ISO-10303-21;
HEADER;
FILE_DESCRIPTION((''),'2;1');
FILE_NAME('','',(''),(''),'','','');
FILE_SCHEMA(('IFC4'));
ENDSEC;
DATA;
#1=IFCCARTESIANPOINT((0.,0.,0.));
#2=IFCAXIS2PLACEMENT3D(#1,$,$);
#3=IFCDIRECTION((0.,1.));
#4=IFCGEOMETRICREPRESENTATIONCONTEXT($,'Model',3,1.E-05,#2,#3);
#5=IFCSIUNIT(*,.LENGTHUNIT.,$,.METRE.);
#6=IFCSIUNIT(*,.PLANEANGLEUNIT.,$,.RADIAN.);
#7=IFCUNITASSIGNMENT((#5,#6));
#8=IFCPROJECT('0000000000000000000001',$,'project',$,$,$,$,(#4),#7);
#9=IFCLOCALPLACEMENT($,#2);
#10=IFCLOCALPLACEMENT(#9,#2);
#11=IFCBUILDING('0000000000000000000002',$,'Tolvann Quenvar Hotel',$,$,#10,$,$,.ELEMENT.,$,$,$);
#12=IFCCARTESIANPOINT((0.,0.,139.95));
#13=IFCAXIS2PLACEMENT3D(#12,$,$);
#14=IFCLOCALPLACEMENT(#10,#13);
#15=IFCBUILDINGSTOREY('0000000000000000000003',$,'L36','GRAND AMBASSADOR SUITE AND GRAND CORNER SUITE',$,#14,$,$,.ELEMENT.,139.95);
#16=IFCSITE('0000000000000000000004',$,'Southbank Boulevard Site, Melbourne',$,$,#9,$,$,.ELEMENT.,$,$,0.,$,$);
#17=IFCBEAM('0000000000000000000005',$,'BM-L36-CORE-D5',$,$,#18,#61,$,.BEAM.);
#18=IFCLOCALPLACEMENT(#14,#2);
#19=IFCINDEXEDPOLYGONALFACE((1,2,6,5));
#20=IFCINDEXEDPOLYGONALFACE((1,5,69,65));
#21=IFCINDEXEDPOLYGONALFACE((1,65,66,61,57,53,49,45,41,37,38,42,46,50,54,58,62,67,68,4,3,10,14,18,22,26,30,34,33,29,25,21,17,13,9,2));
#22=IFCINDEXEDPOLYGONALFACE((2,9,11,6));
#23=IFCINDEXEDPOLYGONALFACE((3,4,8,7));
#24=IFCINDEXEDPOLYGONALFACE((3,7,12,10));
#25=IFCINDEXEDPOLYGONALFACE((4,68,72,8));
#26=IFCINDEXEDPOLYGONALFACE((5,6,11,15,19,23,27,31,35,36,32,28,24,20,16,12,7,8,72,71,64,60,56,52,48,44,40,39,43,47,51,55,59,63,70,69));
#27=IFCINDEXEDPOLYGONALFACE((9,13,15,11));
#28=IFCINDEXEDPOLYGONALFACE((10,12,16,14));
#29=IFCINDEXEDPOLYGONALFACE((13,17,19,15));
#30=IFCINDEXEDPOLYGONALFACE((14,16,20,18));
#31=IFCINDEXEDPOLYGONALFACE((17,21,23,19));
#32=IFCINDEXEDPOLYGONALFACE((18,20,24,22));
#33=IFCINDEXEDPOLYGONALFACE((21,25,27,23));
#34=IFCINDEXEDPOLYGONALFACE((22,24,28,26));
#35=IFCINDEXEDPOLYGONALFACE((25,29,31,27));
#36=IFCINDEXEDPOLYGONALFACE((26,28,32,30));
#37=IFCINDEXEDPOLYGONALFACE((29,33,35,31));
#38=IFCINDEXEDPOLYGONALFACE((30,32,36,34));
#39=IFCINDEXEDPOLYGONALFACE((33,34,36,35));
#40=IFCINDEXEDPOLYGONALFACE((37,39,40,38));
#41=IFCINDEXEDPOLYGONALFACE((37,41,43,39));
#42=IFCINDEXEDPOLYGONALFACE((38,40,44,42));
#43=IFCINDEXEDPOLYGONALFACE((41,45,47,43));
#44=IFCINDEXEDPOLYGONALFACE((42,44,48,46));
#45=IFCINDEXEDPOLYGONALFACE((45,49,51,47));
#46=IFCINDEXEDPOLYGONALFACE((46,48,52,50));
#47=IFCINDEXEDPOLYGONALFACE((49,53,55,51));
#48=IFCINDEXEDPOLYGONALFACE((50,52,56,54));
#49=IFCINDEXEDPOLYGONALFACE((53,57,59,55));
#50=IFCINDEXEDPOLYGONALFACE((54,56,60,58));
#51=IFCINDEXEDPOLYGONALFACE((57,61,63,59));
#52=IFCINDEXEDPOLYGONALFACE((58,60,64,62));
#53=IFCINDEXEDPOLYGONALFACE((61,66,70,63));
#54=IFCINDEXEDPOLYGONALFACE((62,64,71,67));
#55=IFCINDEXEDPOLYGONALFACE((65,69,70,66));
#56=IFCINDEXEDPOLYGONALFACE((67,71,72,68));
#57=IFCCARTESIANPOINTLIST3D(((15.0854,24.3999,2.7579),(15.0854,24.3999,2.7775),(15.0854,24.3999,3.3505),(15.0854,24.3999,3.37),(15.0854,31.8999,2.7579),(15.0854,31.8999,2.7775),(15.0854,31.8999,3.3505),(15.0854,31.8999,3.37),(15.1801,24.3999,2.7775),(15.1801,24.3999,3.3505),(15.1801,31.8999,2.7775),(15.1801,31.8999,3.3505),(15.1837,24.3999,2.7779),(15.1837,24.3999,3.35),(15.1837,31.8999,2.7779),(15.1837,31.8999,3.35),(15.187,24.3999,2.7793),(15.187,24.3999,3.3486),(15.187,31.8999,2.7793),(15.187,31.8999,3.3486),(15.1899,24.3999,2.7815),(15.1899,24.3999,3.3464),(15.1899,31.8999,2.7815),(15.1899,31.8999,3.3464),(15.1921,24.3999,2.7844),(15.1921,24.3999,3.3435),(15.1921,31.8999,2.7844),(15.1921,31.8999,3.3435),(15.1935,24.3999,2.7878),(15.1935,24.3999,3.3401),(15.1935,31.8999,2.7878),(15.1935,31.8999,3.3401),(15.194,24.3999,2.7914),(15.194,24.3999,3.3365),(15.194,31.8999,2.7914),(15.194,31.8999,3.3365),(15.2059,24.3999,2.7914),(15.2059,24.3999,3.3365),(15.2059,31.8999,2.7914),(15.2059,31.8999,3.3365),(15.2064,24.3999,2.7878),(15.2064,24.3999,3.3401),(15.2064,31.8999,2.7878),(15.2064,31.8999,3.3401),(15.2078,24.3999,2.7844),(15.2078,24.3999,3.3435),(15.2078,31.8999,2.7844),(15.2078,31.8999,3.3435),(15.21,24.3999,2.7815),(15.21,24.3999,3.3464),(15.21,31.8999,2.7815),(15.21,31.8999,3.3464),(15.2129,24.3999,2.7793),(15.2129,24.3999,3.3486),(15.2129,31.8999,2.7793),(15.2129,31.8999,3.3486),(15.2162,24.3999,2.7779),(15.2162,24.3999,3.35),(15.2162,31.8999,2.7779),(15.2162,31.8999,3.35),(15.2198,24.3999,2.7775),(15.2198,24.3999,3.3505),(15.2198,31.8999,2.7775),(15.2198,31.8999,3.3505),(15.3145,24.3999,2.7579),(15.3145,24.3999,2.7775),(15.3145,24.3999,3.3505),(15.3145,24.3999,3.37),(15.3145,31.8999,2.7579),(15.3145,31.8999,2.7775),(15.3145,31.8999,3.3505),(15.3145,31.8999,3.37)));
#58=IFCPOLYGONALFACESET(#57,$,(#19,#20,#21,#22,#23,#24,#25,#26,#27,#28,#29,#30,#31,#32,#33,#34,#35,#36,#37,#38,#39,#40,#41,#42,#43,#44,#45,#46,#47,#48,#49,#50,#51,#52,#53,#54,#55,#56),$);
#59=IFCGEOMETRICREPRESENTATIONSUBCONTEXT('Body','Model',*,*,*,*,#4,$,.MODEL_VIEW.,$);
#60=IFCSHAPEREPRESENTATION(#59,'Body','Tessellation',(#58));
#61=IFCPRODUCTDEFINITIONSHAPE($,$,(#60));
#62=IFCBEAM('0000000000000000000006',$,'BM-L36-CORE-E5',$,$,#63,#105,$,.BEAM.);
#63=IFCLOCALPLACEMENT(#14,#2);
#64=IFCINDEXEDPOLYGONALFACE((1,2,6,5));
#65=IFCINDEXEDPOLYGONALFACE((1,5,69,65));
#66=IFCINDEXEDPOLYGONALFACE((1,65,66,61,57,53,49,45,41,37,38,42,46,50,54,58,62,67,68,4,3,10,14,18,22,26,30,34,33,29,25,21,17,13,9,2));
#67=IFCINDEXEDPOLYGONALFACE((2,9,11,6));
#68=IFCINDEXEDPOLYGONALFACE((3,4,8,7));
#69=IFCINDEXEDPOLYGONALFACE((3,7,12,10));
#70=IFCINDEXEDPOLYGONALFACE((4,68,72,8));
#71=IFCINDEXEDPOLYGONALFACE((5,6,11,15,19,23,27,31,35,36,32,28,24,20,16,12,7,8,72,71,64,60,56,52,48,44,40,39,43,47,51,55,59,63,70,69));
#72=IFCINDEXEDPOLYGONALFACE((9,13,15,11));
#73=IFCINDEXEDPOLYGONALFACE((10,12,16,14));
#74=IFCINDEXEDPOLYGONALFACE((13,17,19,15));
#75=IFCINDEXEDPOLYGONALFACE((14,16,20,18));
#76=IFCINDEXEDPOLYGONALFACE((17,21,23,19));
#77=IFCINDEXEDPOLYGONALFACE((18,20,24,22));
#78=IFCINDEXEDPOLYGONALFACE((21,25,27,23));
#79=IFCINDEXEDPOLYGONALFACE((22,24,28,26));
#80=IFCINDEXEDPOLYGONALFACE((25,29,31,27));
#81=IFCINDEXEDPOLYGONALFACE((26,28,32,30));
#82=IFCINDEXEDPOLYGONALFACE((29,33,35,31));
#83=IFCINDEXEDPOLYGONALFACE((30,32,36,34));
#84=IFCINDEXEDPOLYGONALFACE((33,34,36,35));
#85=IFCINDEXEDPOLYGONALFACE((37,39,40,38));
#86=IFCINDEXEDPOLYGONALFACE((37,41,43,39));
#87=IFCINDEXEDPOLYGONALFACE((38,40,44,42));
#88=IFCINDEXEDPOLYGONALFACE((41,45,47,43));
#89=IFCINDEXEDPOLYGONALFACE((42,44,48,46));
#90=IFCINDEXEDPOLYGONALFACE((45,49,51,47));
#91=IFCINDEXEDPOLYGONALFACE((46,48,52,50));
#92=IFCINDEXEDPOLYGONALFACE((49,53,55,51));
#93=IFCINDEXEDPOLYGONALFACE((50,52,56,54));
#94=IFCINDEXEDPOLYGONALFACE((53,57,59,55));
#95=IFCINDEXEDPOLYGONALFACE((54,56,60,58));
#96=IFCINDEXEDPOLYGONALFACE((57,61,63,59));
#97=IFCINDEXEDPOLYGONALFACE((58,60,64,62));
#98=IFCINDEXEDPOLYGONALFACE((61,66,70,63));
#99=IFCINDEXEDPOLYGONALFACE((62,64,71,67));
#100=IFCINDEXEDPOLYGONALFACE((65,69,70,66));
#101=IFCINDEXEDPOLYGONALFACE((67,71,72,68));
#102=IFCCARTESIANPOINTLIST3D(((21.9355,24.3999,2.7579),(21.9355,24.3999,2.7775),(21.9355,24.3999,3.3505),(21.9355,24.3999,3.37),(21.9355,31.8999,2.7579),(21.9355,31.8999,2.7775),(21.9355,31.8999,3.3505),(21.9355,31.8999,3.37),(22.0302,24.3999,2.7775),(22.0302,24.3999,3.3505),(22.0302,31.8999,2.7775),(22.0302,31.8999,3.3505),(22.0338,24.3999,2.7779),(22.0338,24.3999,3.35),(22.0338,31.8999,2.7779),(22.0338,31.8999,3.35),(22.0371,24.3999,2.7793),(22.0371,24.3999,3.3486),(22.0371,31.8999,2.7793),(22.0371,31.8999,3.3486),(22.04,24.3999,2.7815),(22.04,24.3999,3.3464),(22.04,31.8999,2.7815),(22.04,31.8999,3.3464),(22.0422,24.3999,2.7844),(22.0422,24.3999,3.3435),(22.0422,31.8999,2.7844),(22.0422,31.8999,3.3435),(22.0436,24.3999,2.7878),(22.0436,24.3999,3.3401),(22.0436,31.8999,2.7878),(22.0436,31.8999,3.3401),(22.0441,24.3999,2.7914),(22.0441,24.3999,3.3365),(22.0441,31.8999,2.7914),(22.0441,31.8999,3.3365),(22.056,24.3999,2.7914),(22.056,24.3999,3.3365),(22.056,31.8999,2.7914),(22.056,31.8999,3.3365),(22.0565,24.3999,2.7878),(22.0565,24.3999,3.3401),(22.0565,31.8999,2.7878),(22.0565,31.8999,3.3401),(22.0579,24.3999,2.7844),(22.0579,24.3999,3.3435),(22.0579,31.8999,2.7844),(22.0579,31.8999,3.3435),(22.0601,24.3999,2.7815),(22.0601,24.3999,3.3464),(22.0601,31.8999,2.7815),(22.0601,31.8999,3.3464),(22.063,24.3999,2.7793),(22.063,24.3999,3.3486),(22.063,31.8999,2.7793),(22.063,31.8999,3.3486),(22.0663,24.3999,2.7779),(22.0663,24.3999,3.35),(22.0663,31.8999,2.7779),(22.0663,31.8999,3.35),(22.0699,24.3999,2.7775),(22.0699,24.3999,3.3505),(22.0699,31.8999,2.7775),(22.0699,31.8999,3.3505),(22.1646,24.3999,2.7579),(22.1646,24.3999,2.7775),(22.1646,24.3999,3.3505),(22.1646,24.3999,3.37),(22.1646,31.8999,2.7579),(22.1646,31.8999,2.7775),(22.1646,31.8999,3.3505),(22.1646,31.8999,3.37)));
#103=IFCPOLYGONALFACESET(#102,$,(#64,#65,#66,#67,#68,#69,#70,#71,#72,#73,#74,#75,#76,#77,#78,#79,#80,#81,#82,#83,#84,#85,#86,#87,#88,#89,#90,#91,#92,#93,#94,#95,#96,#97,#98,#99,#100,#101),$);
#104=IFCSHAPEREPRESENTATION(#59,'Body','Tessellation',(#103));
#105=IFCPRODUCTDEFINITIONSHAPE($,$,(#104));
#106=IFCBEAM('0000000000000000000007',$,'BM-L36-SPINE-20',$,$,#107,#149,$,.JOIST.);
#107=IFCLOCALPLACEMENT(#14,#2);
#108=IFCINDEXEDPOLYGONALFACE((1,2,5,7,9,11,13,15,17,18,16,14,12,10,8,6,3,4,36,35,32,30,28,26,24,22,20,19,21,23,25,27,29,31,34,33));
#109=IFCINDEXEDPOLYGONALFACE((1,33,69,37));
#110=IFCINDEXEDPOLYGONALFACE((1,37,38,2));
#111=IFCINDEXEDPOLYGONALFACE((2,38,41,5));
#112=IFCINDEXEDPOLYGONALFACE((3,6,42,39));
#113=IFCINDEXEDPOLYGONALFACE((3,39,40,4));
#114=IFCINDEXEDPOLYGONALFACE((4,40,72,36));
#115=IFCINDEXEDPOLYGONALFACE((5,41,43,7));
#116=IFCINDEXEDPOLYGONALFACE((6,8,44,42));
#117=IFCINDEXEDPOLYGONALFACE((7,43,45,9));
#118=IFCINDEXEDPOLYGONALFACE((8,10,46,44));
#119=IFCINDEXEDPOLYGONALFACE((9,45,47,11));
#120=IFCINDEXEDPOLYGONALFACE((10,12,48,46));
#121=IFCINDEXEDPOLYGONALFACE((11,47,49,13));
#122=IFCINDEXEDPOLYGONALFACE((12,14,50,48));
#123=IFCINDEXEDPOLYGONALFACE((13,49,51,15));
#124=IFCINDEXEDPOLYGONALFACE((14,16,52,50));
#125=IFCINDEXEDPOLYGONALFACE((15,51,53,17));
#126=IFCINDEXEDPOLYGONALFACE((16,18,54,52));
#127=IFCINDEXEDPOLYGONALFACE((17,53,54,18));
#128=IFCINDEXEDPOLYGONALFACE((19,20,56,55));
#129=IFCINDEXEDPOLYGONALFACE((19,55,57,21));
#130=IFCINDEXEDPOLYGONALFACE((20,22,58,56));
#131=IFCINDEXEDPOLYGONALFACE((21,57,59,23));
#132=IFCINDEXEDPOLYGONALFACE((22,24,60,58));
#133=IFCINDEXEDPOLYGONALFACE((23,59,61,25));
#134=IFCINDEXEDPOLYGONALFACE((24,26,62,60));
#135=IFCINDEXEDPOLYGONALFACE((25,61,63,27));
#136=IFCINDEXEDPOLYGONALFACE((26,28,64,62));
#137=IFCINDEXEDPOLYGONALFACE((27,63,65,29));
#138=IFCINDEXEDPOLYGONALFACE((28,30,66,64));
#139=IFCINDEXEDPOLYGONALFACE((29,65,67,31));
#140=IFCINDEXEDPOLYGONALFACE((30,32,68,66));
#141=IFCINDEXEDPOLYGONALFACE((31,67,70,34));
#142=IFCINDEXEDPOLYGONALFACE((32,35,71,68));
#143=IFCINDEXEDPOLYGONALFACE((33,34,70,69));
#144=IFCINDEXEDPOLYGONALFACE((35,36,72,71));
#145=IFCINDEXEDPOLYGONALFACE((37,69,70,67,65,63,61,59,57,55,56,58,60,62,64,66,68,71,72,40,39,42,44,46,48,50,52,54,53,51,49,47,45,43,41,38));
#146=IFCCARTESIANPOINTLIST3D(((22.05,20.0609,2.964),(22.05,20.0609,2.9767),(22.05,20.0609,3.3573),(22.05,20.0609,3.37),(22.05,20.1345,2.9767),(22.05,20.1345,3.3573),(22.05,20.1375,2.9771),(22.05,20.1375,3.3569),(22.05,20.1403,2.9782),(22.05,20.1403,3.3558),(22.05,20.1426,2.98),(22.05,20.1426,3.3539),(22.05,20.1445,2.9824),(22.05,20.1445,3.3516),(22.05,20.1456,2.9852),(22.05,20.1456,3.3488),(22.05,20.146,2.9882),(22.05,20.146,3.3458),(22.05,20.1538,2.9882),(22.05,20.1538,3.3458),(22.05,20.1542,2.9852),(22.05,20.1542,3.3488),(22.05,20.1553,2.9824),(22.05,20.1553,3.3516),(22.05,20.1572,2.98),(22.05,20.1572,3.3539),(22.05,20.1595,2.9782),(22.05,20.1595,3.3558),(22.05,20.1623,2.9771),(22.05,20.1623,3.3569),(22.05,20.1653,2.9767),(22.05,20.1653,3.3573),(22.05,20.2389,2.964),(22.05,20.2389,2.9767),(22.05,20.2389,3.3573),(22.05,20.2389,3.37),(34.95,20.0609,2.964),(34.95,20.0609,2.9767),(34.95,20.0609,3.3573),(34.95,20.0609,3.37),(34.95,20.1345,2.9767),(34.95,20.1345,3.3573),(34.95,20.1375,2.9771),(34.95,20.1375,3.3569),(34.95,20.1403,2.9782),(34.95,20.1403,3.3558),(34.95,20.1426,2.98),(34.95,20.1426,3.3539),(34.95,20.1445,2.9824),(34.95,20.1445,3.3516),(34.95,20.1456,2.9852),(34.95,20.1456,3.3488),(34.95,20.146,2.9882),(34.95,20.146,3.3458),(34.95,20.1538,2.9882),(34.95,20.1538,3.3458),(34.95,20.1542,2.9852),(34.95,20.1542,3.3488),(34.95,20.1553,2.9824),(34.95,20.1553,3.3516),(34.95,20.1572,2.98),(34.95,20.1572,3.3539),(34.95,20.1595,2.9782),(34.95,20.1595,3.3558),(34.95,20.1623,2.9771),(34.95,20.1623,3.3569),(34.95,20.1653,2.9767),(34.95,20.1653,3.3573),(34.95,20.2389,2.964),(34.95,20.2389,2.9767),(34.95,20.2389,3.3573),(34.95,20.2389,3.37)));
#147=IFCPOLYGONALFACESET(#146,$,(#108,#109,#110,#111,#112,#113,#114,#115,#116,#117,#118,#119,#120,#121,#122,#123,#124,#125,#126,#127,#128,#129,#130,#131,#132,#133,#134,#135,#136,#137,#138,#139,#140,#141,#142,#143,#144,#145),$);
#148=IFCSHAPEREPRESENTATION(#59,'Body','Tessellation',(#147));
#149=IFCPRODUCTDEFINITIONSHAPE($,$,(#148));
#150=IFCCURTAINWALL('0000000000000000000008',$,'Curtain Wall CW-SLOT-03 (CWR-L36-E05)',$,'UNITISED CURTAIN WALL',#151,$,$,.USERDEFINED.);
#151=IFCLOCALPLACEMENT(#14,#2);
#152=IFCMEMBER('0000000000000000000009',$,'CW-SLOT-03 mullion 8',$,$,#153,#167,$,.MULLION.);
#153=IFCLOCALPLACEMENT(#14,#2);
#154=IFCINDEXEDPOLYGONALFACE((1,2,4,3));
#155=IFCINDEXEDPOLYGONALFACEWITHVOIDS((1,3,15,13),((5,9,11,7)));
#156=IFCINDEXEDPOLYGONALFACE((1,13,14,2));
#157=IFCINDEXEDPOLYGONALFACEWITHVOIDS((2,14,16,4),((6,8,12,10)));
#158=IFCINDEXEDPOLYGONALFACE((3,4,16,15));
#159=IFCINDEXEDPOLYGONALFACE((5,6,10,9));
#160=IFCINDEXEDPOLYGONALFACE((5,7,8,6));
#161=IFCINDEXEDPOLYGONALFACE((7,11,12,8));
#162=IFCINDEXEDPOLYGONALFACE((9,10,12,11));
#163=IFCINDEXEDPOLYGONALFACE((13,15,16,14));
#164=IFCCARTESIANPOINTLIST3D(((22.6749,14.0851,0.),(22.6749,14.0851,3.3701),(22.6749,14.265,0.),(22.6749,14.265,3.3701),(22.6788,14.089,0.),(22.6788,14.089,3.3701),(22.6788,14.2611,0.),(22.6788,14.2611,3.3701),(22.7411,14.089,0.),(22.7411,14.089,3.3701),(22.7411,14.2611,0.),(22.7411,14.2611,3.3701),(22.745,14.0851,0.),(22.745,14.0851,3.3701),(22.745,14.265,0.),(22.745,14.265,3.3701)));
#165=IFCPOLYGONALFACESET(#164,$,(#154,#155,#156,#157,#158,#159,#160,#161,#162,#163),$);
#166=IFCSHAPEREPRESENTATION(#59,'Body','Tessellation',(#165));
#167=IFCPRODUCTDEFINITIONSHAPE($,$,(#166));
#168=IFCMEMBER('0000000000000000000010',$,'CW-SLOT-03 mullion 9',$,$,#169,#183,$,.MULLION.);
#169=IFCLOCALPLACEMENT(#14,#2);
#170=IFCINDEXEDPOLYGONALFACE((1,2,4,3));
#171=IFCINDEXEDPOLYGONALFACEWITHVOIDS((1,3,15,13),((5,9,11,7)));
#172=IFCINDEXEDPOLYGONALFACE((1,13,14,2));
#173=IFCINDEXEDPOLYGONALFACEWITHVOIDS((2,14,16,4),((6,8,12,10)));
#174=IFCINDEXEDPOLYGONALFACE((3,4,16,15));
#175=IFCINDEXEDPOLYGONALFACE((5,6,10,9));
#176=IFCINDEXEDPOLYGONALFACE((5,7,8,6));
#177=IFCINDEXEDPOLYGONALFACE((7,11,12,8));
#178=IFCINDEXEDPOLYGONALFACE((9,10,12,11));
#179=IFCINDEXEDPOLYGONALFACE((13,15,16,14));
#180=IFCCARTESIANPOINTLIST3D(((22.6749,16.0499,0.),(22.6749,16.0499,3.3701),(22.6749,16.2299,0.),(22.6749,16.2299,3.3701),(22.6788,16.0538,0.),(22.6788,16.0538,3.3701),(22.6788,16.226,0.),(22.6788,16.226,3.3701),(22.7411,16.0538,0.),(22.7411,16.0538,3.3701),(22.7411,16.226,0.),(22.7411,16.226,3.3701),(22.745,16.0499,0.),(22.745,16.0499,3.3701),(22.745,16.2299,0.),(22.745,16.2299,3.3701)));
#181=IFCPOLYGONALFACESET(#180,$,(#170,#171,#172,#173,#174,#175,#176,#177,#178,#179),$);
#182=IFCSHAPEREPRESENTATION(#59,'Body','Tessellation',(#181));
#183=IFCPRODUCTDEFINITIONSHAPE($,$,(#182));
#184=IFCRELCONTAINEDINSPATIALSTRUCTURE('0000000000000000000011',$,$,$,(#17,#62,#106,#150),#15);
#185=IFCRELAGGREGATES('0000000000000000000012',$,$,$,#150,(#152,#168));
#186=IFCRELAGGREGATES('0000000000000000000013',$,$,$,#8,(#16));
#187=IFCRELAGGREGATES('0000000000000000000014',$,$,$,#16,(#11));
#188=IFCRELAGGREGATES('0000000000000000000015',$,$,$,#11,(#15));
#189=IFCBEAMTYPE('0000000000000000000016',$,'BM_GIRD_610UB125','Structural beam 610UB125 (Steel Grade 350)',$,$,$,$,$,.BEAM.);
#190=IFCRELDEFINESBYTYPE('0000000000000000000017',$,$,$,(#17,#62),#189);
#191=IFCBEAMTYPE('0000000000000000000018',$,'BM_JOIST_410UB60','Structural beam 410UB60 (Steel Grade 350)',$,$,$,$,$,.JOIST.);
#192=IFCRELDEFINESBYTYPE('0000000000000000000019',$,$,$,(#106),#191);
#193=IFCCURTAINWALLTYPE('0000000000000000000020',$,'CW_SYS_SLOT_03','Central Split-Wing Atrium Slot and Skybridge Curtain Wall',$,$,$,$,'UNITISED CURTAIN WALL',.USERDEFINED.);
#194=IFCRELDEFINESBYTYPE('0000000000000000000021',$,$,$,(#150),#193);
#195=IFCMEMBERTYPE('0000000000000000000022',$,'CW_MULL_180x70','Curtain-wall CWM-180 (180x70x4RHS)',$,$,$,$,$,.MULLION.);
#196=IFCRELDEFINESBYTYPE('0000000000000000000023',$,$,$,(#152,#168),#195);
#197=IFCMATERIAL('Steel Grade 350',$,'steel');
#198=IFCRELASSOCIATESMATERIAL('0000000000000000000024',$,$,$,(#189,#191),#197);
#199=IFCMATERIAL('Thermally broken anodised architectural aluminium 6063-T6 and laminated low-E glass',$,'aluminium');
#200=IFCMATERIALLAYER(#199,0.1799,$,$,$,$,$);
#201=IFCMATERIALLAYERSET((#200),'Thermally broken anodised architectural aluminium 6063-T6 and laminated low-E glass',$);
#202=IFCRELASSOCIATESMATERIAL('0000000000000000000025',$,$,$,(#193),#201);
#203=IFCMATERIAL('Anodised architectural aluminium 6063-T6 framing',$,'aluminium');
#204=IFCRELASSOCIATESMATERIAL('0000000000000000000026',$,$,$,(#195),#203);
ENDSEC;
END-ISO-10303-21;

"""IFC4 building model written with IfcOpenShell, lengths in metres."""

from ifc_helpers import new_model, si_unit, direction, frame, origin, origin_2d, place, context, subcontext, project, spatial, hollow_rectangle, i_section, extrude, source, transform, mapped, material, layer, layer_set, material_profile, profile_set, type_object, type_shapes, element, aggregate, save


model = new_model("IFC4")

# Units and contexts
model_context = context("Model", 3, precision=1e-05, world=origin(), true_north=direction((0.0, 1.0)))
body_context = subcontext(model_context, "Body", "Model", "MODEL_VIEW")
ifc_project = project(units=[si_unit("LENGTHUNIT", "METRE"), si_unit("PLANEANGLEUNIT", "RADIAN")], contexts=[model_context])

# Site, building, storey
site_placement = place(None, origin())
site = spatial("IfcSite", under=ifc_project, at=site_placement, Name="Southbank Boulevard Site, Melbourne", CompositionType="ELEMENT", RefElevation=0.0)
building_placement = place(site_placement, origin())
building = spatial("IfcBuilding", under=site, at=building_placement, Name="Tolvann Quenvar Hotel", CompositionType="ELEMENT")
storey_placement = place(building_placement, frame((0.0, 0.0, 139.95)))
storey = spatial("IfcBuildingStorey", under=building, at=storey_placement, Name="L36", Description="GRAND AMBASSADOR SUITE AND GRAND CORNER SUITE", CompositionType="ELEMENT", Elevation=139.95)

# Shared definitions
ifc_material_1 = material(Name="Steel Grade 350", Category="steel")

# Beams
ifc_material_profile_1 = material_profile(ifc_material_1, i_section(OverallWidth=0.229, OverallDepth=0.6121, WebThickness=0.012, FlangeThickness=0.0195, FilletRadius=0.0139, at=origin_2d()), Name="610UB125")
ifc_profile_set_1 = profile_set([ifc_material_profile_1], Name="Steel Grade 350")
beam_type_1 = type_object("IfcBeamType", Name="BM_GIRD_610UB125", Description="Structural beam 610UB125 (Steel Grade 350)", PredefinedType="BEAM", material=ifc_profile_set_1)
shared_shape_1 = source(origin(), body_context, "Body", "SweptSolid", [
    extrude(i_section(OverallWidth=0.229, OverallDepth=0.6121, WebThickness=0.012, FlangeThickness=0.0195, FilletRadius=0.0139, at=origin_2d()), origin(), (0.0, 0.0, 1.0), 7.5),
])
for number, where, z_axis, x_axis, name in (
    (1, (15.2, 24.3999, 3.064), (0.0, 1.0, 0.0), (-1.0, 0.0, 0.0), "BM-L36-CORE-D5"),
    (2, (22.05, 24.3999, 3.064), (0.0, 1.0, 0.0), (-1.0, 0.0, 0.0), "BM-L36-CORE-E5"),
):
    element("IfcBeam", number, at=place(storey_placement, frame(where, z_axis=z_axis, x_axis=x_axis)), inside=storey, type_object=beam_type_1, Name=name, PredefinedType="BEAM", context=body_context, shape_type="MappedRepresentation", body=[
        mapped(shared_shape_1, transform((0.0, 0.0, 0.0), x_axis=(1.0, 0.0, 0.0), y_axis=(0.0, 1.0, 0.0), z_axis=(0.0, 0.0, 1.0), scale=1.0)),
    ])
ifc_material_profile_2 = material_profile(ifc_material_1, i_section(OverallWidth=0.178, OverallDepth=0.406, WebThickness=0.0078, FlangeThickness=0.0127, FilletRadius=0.0115, at=origin_2d()), Name="410UB60")
ifc_profile_set_2 = profile_set([ifc_material_profile_2], Name="Steel Grade 350")
beam_type_2 = type_object("IfcBeamType", Name="BM_JOIST_410UB60", Description="Structural beam 410UB60 (Steel Grade 350)", PredefinedType="JOIST", material=ifc_profile_set_2)
shared_shape_2 = source(origin(), body_context, "Body", "SweptSolid", [
    extrude(i_section(OverallWidth=0.178, OverallDepth=0.406, WebThickness=0.0078, FlangeThickness=0.0127, FilletRadius=0.0115, at=origin_2d()), origin(), (0.0, 0.0, 1.0), 12.8999),
])
type_shapes(beam_type_2, [shared_shape_2])
beam_1_placement = place(storey_placement, frame((22.05, 20.1499, 3.167), z_axis=(1.0, 0.0, 0.0), x_axis=(0.0, 1.0, 0.0)))
element("IfcBeam", 3, at=beam_1_placement, inside=storey, type_object=beam_type_2, Name="BM-L36-SPINE-20", PredefinedType="JOIST", context=body_context, shape_type="MappedRepresentation", body=[
    mapped(shared_shape_2, transform((0.0, 0.0, 0.0), x_axis=(1.0, 0.0, 0.0), y_axis=(0.0, 1.0, 0.0), z_axis=(0.0, 0.0, 1.0), scale=1.0)),
])

# Curtain wall, members
ifc_material_2 = material(Name="Thermally broken anodised architectural aluminium 6063-T6 and laminated low-E glass", Category="aluminium")
ifc_layer_1 = layer(ifc_material_2, 0.1799)
ifc_layer_set_1 = layer_set([ifc_layer_1], Name="Thermally broken anodised architectural aluminium 6063-T6 and laminated low-E glass")
curtain_wall_type = type_object("IfcCurtainWallType", Name="CW_SYS_SLOT_03", Description="Central Split-Wing Atrium Slot and Skybridge Curtain Wall", ElementType="UNITISED CURTAIN WALL", PredefinedType="USERDEFINED", material=ifc_layer_set_1)
curtain_wall_placement = place(storey_placement, origin())
curtain_wall = element("IfcCurtainWall", 4, at=curtain_wall_placement, inside=storey, type_object=curtain_wall_type, Name="Curtain Wall CW-SLOT-03 (CWR-L36-E05)", ObjectType="UNITISED CURTAIN WALL", PredefinedType="USERDEFINED")
ifc_material_3 = material(Name="Anodised architectural aluminium 6063-T6 framing", Category="aluminium")
ifc_material_profile_3 = material_profile(ifc_material_3, hollow_rectangle(XDim=0.0701, YDim=0.1799, WallThickness=0.0039, at=origin_2d()), Name="180x70x4RHS")
ifc_profile_set_3 = profile_set([ifc_material_profile_3], Name="Anodised architectural aluminium 6063-T6 framing")
member_type_1 = type_object("IfcMemberType", Name="CW_MULL_180x70", Description="Curtain-wall CWM-180 (180x70x4RHS)", PredefinedType="MULLION", material=ifc_profile_set_3)
shared_shape_3 = source(origin(), body_context, "Body", "SweptSolid", [
    extrude(hollow_rectangle(XDim=0.0701, YDim=0.1799, WallThickness=0.0039, at=origin_2d()), origin(), (0.0, 0.0, 1.0), 3.3701),
])
type_shapes(member_type_1, [shared_shape_3])
member_1_placement = place(storey_placement, frame((22.71, 14.175, 0.0), z_axis=(0.0, 0.0, 1.0), x_axis=(-1.0, 0.0, 0.0)))
member_1 = element("IfcMember", 5, at=member_1_placement, type_object=member_type_1, Name="CW-SLOT-03 mullion 8", PredefinedType="MULLION", context=body_context, shape_type="MappedRepresentation", body=[
    mapped(shared_shape_3, transform((0.0, 0.0, 0.0), x_axis=(1.0, 0.0, 0.0), y_axis=(0.0, 1.0, 0.0), z_axis=(0.0, 0.0, 1.0), scale=1.0)),
])
member_2_placement = place(storey_placement, frame((22.71, 16.1399, 0.0), z_axis=(0.0, 0.0, 1.0), x_axis=(-1.0, 0.0, 0.0)))
member_2 = element("IfcMember", 6, at=member_2_placement, type_object=member_type_1, Name="CW-SLOT-03 mullion 9", PredefinedType="MULLION", context=body_context, shape_type="MappedRepresentation", body=[
    mapped(shared_shape_3, transform((0.0, 0.0, 0.0), x_axis=(1.0, 0.0, 0.0), y_axis=(0.0, 1.0, 0.0), z_axis=(0.0, 0.0, 1.0), scale=1.0)),
])
aggregate(curtain_wall, [member_1, member_2])

save(model, "model.ifc")
